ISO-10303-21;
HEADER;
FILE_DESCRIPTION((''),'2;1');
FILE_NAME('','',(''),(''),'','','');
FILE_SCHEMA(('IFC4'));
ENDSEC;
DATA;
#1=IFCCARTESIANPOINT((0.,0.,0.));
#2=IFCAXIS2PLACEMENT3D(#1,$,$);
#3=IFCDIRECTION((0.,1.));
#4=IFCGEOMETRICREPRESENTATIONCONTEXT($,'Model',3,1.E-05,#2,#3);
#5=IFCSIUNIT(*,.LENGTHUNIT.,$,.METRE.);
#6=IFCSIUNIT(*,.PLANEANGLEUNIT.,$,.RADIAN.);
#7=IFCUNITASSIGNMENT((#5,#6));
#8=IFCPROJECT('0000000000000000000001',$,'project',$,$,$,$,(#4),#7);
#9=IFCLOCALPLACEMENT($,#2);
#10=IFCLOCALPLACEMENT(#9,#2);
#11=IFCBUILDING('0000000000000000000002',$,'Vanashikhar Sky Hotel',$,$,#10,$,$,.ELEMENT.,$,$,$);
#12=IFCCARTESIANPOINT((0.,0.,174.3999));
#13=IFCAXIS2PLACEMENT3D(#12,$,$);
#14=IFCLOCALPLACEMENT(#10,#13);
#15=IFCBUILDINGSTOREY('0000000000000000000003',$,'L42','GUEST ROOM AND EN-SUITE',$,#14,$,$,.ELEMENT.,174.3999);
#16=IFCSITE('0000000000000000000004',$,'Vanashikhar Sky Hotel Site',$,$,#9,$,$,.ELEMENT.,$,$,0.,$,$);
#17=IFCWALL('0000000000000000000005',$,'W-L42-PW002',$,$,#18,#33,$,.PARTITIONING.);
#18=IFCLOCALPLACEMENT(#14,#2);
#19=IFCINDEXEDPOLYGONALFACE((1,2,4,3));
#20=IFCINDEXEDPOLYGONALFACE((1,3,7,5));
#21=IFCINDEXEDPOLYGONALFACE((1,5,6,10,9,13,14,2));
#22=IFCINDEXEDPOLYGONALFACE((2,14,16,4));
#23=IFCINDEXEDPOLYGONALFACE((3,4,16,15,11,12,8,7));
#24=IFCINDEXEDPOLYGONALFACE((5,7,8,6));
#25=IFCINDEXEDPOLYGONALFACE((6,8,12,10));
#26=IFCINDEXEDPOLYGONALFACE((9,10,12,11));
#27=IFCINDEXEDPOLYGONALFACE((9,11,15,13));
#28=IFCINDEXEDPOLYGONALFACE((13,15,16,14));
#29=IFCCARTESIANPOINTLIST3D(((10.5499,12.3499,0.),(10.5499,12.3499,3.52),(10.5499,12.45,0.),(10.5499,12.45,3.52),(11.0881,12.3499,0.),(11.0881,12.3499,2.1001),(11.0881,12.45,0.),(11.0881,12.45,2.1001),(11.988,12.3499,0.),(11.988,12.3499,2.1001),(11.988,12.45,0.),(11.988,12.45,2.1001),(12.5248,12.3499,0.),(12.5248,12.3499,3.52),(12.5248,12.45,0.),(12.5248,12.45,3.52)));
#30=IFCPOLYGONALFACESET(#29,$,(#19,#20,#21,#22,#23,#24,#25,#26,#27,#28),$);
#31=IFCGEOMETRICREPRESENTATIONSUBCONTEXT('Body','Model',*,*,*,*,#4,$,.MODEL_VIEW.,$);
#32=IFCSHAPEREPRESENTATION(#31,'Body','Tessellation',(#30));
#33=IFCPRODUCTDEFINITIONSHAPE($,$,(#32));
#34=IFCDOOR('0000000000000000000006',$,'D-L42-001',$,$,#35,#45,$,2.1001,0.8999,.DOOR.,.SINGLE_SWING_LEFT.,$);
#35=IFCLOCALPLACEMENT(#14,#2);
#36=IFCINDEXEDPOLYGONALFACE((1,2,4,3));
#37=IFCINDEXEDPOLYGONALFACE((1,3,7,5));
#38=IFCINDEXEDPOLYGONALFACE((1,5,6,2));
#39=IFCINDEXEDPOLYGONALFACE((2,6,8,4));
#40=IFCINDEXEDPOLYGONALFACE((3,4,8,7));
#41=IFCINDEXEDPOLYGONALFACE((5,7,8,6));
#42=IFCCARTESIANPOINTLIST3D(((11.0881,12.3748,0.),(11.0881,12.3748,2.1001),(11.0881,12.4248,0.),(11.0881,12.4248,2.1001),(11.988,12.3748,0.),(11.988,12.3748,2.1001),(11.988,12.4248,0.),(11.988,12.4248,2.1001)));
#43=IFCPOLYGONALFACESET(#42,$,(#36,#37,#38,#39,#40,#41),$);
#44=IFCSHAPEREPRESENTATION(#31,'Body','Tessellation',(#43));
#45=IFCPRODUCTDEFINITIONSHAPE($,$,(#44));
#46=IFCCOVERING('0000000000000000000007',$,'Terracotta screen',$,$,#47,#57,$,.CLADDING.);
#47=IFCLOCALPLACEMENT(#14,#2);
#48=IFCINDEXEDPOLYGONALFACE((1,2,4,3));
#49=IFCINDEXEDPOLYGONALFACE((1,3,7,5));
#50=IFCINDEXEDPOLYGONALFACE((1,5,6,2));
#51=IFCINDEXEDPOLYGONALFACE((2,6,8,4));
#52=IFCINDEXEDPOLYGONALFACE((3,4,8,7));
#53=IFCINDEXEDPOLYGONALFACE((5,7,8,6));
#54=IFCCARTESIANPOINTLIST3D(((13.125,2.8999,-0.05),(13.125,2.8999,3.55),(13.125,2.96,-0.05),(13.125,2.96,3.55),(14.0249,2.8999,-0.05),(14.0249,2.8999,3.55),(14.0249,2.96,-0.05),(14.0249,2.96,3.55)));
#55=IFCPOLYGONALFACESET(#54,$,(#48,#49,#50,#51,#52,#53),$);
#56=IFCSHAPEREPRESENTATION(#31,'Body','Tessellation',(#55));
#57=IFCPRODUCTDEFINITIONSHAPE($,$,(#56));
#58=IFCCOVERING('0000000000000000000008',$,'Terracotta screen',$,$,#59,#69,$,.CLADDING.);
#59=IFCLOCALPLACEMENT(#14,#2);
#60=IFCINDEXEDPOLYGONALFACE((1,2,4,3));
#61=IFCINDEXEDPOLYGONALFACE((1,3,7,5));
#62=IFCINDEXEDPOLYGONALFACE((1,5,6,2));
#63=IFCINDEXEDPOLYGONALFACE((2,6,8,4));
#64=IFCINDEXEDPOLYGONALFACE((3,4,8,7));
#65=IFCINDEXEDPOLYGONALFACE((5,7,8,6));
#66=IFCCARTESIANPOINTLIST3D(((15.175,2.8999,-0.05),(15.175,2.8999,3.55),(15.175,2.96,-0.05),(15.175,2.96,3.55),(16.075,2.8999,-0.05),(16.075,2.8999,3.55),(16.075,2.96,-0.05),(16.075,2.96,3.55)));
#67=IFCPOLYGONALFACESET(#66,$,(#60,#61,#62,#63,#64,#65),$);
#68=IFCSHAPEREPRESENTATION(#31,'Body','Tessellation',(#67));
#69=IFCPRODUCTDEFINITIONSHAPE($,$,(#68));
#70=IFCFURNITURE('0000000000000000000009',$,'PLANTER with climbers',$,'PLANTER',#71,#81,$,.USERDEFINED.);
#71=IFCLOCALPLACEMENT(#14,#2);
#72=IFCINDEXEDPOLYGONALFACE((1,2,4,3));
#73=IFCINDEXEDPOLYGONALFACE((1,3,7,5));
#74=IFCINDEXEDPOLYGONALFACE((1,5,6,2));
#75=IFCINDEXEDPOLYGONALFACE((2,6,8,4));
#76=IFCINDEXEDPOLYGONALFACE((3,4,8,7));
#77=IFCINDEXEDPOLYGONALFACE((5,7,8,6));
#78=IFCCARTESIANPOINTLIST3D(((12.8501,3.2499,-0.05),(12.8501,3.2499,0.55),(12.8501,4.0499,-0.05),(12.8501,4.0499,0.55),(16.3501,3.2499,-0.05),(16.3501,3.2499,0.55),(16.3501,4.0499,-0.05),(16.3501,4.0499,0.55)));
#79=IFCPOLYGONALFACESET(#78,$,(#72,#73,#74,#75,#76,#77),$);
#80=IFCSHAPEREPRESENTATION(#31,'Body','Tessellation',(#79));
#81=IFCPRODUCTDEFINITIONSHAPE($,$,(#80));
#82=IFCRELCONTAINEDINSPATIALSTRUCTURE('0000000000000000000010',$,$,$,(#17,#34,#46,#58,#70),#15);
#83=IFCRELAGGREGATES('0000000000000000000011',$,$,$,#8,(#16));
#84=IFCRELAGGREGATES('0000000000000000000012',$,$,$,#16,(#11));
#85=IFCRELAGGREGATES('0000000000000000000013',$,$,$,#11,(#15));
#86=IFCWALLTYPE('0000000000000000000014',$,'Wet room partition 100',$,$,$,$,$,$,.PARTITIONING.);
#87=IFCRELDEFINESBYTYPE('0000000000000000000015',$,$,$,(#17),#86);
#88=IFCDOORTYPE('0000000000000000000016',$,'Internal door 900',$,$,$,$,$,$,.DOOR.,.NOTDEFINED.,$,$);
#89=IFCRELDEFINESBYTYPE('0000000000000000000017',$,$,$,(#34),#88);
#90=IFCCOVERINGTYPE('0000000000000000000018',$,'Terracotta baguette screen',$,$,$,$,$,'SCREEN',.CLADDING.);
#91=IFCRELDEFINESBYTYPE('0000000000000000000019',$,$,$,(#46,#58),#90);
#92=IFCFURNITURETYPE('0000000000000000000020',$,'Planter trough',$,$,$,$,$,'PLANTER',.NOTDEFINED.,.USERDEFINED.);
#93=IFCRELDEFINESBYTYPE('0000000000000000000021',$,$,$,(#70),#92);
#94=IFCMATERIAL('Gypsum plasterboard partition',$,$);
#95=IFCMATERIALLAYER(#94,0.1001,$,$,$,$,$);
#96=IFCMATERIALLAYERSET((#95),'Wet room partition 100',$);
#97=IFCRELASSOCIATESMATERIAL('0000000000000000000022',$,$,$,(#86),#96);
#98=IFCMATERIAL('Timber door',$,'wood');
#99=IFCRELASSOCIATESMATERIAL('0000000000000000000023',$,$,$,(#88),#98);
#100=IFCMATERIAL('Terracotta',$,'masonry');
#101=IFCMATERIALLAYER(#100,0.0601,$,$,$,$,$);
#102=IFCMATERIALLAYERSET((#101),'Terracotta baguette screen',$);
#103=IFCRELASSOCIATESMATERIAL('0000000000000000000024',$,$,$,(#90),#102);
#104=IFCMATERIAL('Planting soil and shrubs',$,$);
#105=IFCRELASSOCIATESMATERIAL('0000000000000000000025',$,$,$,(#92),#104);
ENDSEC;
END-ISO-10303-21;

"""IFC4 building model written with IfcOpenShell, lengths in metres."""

from ifc_helpers import new_model, si_unit, direction, frame, frame_2d, origin, origin_2d, place, context, subcontext, project, spatial, rectangle, extrude, source, transform, mapped, material, layer, layer_set, type_object, element, fill, save


model = new_model("IFC4")

# Units and contexts
model_context = context("Model", 3, precision=1e-05, world=origin(), true_north=direction((0.0, 1.0)))
body_context = subcontext(model_context, "Body", "Model", "MODEL_VIEW")
ifc_project = project(units=[si_unit("LENGTHUNIT", "METRE"), si_unit("PLANEANGLEUNIT", "RADIAN")], contexts=[model_context])

# Site, building, storey
site_placement = place(None, origin())
site = spatial("IfcSite", under=ifc_project, at=site_placement, Name="Vanashikhar Sky Hotel Site", CompositionType="ELEMENT", RefElevation=0.0)
building_placement = place(site_placement, origin())
building = spatial("IfcBuilding", under=site, at=building_placement, Name="Vanashikhar Sky Hotel", CompositionType="ELEMENT")
storey_placement = place(building_placement, frame((0.0, 0.0, 174.3999)))
storey = spatial("IfcBuildingStorey", under=building, at=storey_placement, Name="L42", Description="GUEST ROOM AND EN-SUITE", CompositionType="ELEMENT", Elevation=174.3999)

# Shared definitions
ifc_material_1 = material(Name="Gypsum plasterboard partition")

# Wall, opening, door
ifc_layer_1 = layer(ifc_material_1, 0.1001)
ifc_layer_set_1 = layer_set([ifc_layer_1], Name="Wet room partition 100")
wall_type_1 = type_object("IfcWallType", Name="Wet room partition 100", PredefinedType="PARTITIONING", material=ifc_layer_set_1)
shared_shape_1 = source(origin(), body_context, "Body", "SweptSolid", [
    extrude(rectangle(XDim=0.8999, YDim=2.1001, at=frame_2d((0.45, 1.05))), frame((0.0, 0.0601, 0.0), z_axis=(0.0, -1.0, 0.0), x_axis=(1.0, 0.0, 0.0)), (0.0, 0.0, 1.0), 0.1201),
])
ifc_material_2 = material(Name="Timber door", Category="wood")
door_type_1 = type_object("IfcDoorType", Name="Internal door 900", OperationType="NOTDEFINED", PredefinedType="DOOR", material=ifc_material_2)
shared_shape_2 = source(origin(), body_context, "Body", "SweptSolid", [
    extrude(rectangle(XDim=0.8999, YDim=2.1001, at=frame_2d((0.45, 1.05))), frame((0.0, 0.0249, 0.0), z_axis=(0.0, -1.0, 0.0), x_axis=(1.0, 0.0, 0.0)), (0.0, 0.0, 1.0), 0.05),
])
shared_shape_3 = source(origin(), body_context, "Body", "SweptSolid", [
    extrude(rectangle(XDim=1.9749, YDim=0.1001, at=frame_2d((0.9873, 0.0))), origin(), (0.0, 0.0, 1.0), 3.52),
])
wall_1_placement = place(storey_placement, frame((10.55, 12.3999, 0.0), z_axis=(0.0, 0.0, 1.0), x_axis=(1.0, 0.0, 0.0)))
wall_1 = element("IfcWall", 1, at=wall_1_placement, inside=storey, type_object=wall_type_1, Name="W-L42-PW002", PredefinedType="PARTITIONING", context=body_context, shape_type="MappedRepresentation", body=[
    mapped(shared_shape_3, transform((0.0, 0.0, 0.0), scale=1.0)),
])
opening_1_placement = place(wall_1_placement, frame((0.5381, 0.0, 0.0)))
opening_1 = element("IfcOpeningElement", 2, at=opening_1_placement, cuts=wall_1, PredefinedType="OPENING", context=body_context, shape_type="MappedRepresentation", body=[
    mapped(shared_shape_1, transform((0.0, 0.0, 0.0), scale=1.0)),
])
door_1_placement = place(opening_1_placement, origin())
door_1 = element("IfcDoor", 3, at=door_1_placement, inside=storey, type_object=door_type_1, Name="D-L42-001", OperationType="SINGLE_SWING_LEFT", OverallHeight=2.1001, OverallWidth=0.8999, PredefinedType="DOOR", context=body_context, shape_type="MappedRepresentation", body=[
    mapped(shared_shape_2, transform((0.0, 0.0, 0.0), scale=1.0)),
])
fill(opening_1, door_1)

# Coverings
ifc_material_3 = material(Name="Terracotta", Category="masonry")
ifc_layer_2 = layer(ifc_material_3, 0.0601)
ifc_layer_set_2 = layer_set([ifc_layer_2], Name="Terracotta baguette screen")
covering_type = type_object("IfcCoveringType", Name="Terracotta baguette screen", ElementType="SCREEN", PredefinedType="CLADDING", material=ifc_layer_set_2)
shared_shape_4 = source(origin(), body_context, "Body", "SweptSolid", [
    extrude(rectangle(XDim=0.8999, YDim=0.0601, at=origin_2d()), origin(), (0.0, 0.0, 1.0), 3.6001),
])
for number, where, z_axis, x_axis, name in (
    (4, (13.575, 2.9299, -0.05), (0.0, 0.0, 1.0), (1.0, 0.0, 0.0), "Terracotta screen"),
    (5, (15.625, 2.9299, -0.05), (0.0, 0.0, 1.0), (1.0, 0.0, 0.0), "Terracotta screen"),
):
    element("IfcCovering", number, at=place(storey_placement, frame(where, z_axis=z_axis, x_axis=x_axis)), inside=storey, type_object=covering_type, Name=name, PredefinedType="CLADDING", context=body_context, shape_type="MappedRepresentation", body=[
        mapped(shared_shape_4, transform((0.0, 0.0, 0.0), scale=1.0)),
    ])

# Furniture
ifc_material_4 = material(Name="Planting soil and shrubs")
furniture_type = type_object("IfcFurnitureType", Name="Planter trough", ElementType="PLANTER", AssemblyPlace="NOTDEFINED", PredefinedType="USERDEFINED", material=ifc_material_4)
shared_shape_5 = source(origin(), body_context, "Body", "SweptSolid", [
    extrude(rectangle(XDim=3.5, YDim=0.8, at=origin_2d()), origin(), (0.0, 0.0, 1.0), 0.6001),
])
furniture_placement = place(storey_placement, frame((14.6001, 3.6499, -0.05), z_axis=(0.0, 0.0, 1.0), x_axis=(1.0, 0.0, 0.0)))
element("IfcFurniture", 6, at=furniture_placement, inside=storey, type_object=furniture_type, Name="PLANTER with climbers", ObjectType="PLANTER", PredefinedType="USERDEFINED", context=body_context, shape_type="MappedRepresentation", body=[
    mapped(shared_shape_5, transform((0.0, 0.0, 0.0), scale=1.0)),
])

save(model, "model.ifc")
